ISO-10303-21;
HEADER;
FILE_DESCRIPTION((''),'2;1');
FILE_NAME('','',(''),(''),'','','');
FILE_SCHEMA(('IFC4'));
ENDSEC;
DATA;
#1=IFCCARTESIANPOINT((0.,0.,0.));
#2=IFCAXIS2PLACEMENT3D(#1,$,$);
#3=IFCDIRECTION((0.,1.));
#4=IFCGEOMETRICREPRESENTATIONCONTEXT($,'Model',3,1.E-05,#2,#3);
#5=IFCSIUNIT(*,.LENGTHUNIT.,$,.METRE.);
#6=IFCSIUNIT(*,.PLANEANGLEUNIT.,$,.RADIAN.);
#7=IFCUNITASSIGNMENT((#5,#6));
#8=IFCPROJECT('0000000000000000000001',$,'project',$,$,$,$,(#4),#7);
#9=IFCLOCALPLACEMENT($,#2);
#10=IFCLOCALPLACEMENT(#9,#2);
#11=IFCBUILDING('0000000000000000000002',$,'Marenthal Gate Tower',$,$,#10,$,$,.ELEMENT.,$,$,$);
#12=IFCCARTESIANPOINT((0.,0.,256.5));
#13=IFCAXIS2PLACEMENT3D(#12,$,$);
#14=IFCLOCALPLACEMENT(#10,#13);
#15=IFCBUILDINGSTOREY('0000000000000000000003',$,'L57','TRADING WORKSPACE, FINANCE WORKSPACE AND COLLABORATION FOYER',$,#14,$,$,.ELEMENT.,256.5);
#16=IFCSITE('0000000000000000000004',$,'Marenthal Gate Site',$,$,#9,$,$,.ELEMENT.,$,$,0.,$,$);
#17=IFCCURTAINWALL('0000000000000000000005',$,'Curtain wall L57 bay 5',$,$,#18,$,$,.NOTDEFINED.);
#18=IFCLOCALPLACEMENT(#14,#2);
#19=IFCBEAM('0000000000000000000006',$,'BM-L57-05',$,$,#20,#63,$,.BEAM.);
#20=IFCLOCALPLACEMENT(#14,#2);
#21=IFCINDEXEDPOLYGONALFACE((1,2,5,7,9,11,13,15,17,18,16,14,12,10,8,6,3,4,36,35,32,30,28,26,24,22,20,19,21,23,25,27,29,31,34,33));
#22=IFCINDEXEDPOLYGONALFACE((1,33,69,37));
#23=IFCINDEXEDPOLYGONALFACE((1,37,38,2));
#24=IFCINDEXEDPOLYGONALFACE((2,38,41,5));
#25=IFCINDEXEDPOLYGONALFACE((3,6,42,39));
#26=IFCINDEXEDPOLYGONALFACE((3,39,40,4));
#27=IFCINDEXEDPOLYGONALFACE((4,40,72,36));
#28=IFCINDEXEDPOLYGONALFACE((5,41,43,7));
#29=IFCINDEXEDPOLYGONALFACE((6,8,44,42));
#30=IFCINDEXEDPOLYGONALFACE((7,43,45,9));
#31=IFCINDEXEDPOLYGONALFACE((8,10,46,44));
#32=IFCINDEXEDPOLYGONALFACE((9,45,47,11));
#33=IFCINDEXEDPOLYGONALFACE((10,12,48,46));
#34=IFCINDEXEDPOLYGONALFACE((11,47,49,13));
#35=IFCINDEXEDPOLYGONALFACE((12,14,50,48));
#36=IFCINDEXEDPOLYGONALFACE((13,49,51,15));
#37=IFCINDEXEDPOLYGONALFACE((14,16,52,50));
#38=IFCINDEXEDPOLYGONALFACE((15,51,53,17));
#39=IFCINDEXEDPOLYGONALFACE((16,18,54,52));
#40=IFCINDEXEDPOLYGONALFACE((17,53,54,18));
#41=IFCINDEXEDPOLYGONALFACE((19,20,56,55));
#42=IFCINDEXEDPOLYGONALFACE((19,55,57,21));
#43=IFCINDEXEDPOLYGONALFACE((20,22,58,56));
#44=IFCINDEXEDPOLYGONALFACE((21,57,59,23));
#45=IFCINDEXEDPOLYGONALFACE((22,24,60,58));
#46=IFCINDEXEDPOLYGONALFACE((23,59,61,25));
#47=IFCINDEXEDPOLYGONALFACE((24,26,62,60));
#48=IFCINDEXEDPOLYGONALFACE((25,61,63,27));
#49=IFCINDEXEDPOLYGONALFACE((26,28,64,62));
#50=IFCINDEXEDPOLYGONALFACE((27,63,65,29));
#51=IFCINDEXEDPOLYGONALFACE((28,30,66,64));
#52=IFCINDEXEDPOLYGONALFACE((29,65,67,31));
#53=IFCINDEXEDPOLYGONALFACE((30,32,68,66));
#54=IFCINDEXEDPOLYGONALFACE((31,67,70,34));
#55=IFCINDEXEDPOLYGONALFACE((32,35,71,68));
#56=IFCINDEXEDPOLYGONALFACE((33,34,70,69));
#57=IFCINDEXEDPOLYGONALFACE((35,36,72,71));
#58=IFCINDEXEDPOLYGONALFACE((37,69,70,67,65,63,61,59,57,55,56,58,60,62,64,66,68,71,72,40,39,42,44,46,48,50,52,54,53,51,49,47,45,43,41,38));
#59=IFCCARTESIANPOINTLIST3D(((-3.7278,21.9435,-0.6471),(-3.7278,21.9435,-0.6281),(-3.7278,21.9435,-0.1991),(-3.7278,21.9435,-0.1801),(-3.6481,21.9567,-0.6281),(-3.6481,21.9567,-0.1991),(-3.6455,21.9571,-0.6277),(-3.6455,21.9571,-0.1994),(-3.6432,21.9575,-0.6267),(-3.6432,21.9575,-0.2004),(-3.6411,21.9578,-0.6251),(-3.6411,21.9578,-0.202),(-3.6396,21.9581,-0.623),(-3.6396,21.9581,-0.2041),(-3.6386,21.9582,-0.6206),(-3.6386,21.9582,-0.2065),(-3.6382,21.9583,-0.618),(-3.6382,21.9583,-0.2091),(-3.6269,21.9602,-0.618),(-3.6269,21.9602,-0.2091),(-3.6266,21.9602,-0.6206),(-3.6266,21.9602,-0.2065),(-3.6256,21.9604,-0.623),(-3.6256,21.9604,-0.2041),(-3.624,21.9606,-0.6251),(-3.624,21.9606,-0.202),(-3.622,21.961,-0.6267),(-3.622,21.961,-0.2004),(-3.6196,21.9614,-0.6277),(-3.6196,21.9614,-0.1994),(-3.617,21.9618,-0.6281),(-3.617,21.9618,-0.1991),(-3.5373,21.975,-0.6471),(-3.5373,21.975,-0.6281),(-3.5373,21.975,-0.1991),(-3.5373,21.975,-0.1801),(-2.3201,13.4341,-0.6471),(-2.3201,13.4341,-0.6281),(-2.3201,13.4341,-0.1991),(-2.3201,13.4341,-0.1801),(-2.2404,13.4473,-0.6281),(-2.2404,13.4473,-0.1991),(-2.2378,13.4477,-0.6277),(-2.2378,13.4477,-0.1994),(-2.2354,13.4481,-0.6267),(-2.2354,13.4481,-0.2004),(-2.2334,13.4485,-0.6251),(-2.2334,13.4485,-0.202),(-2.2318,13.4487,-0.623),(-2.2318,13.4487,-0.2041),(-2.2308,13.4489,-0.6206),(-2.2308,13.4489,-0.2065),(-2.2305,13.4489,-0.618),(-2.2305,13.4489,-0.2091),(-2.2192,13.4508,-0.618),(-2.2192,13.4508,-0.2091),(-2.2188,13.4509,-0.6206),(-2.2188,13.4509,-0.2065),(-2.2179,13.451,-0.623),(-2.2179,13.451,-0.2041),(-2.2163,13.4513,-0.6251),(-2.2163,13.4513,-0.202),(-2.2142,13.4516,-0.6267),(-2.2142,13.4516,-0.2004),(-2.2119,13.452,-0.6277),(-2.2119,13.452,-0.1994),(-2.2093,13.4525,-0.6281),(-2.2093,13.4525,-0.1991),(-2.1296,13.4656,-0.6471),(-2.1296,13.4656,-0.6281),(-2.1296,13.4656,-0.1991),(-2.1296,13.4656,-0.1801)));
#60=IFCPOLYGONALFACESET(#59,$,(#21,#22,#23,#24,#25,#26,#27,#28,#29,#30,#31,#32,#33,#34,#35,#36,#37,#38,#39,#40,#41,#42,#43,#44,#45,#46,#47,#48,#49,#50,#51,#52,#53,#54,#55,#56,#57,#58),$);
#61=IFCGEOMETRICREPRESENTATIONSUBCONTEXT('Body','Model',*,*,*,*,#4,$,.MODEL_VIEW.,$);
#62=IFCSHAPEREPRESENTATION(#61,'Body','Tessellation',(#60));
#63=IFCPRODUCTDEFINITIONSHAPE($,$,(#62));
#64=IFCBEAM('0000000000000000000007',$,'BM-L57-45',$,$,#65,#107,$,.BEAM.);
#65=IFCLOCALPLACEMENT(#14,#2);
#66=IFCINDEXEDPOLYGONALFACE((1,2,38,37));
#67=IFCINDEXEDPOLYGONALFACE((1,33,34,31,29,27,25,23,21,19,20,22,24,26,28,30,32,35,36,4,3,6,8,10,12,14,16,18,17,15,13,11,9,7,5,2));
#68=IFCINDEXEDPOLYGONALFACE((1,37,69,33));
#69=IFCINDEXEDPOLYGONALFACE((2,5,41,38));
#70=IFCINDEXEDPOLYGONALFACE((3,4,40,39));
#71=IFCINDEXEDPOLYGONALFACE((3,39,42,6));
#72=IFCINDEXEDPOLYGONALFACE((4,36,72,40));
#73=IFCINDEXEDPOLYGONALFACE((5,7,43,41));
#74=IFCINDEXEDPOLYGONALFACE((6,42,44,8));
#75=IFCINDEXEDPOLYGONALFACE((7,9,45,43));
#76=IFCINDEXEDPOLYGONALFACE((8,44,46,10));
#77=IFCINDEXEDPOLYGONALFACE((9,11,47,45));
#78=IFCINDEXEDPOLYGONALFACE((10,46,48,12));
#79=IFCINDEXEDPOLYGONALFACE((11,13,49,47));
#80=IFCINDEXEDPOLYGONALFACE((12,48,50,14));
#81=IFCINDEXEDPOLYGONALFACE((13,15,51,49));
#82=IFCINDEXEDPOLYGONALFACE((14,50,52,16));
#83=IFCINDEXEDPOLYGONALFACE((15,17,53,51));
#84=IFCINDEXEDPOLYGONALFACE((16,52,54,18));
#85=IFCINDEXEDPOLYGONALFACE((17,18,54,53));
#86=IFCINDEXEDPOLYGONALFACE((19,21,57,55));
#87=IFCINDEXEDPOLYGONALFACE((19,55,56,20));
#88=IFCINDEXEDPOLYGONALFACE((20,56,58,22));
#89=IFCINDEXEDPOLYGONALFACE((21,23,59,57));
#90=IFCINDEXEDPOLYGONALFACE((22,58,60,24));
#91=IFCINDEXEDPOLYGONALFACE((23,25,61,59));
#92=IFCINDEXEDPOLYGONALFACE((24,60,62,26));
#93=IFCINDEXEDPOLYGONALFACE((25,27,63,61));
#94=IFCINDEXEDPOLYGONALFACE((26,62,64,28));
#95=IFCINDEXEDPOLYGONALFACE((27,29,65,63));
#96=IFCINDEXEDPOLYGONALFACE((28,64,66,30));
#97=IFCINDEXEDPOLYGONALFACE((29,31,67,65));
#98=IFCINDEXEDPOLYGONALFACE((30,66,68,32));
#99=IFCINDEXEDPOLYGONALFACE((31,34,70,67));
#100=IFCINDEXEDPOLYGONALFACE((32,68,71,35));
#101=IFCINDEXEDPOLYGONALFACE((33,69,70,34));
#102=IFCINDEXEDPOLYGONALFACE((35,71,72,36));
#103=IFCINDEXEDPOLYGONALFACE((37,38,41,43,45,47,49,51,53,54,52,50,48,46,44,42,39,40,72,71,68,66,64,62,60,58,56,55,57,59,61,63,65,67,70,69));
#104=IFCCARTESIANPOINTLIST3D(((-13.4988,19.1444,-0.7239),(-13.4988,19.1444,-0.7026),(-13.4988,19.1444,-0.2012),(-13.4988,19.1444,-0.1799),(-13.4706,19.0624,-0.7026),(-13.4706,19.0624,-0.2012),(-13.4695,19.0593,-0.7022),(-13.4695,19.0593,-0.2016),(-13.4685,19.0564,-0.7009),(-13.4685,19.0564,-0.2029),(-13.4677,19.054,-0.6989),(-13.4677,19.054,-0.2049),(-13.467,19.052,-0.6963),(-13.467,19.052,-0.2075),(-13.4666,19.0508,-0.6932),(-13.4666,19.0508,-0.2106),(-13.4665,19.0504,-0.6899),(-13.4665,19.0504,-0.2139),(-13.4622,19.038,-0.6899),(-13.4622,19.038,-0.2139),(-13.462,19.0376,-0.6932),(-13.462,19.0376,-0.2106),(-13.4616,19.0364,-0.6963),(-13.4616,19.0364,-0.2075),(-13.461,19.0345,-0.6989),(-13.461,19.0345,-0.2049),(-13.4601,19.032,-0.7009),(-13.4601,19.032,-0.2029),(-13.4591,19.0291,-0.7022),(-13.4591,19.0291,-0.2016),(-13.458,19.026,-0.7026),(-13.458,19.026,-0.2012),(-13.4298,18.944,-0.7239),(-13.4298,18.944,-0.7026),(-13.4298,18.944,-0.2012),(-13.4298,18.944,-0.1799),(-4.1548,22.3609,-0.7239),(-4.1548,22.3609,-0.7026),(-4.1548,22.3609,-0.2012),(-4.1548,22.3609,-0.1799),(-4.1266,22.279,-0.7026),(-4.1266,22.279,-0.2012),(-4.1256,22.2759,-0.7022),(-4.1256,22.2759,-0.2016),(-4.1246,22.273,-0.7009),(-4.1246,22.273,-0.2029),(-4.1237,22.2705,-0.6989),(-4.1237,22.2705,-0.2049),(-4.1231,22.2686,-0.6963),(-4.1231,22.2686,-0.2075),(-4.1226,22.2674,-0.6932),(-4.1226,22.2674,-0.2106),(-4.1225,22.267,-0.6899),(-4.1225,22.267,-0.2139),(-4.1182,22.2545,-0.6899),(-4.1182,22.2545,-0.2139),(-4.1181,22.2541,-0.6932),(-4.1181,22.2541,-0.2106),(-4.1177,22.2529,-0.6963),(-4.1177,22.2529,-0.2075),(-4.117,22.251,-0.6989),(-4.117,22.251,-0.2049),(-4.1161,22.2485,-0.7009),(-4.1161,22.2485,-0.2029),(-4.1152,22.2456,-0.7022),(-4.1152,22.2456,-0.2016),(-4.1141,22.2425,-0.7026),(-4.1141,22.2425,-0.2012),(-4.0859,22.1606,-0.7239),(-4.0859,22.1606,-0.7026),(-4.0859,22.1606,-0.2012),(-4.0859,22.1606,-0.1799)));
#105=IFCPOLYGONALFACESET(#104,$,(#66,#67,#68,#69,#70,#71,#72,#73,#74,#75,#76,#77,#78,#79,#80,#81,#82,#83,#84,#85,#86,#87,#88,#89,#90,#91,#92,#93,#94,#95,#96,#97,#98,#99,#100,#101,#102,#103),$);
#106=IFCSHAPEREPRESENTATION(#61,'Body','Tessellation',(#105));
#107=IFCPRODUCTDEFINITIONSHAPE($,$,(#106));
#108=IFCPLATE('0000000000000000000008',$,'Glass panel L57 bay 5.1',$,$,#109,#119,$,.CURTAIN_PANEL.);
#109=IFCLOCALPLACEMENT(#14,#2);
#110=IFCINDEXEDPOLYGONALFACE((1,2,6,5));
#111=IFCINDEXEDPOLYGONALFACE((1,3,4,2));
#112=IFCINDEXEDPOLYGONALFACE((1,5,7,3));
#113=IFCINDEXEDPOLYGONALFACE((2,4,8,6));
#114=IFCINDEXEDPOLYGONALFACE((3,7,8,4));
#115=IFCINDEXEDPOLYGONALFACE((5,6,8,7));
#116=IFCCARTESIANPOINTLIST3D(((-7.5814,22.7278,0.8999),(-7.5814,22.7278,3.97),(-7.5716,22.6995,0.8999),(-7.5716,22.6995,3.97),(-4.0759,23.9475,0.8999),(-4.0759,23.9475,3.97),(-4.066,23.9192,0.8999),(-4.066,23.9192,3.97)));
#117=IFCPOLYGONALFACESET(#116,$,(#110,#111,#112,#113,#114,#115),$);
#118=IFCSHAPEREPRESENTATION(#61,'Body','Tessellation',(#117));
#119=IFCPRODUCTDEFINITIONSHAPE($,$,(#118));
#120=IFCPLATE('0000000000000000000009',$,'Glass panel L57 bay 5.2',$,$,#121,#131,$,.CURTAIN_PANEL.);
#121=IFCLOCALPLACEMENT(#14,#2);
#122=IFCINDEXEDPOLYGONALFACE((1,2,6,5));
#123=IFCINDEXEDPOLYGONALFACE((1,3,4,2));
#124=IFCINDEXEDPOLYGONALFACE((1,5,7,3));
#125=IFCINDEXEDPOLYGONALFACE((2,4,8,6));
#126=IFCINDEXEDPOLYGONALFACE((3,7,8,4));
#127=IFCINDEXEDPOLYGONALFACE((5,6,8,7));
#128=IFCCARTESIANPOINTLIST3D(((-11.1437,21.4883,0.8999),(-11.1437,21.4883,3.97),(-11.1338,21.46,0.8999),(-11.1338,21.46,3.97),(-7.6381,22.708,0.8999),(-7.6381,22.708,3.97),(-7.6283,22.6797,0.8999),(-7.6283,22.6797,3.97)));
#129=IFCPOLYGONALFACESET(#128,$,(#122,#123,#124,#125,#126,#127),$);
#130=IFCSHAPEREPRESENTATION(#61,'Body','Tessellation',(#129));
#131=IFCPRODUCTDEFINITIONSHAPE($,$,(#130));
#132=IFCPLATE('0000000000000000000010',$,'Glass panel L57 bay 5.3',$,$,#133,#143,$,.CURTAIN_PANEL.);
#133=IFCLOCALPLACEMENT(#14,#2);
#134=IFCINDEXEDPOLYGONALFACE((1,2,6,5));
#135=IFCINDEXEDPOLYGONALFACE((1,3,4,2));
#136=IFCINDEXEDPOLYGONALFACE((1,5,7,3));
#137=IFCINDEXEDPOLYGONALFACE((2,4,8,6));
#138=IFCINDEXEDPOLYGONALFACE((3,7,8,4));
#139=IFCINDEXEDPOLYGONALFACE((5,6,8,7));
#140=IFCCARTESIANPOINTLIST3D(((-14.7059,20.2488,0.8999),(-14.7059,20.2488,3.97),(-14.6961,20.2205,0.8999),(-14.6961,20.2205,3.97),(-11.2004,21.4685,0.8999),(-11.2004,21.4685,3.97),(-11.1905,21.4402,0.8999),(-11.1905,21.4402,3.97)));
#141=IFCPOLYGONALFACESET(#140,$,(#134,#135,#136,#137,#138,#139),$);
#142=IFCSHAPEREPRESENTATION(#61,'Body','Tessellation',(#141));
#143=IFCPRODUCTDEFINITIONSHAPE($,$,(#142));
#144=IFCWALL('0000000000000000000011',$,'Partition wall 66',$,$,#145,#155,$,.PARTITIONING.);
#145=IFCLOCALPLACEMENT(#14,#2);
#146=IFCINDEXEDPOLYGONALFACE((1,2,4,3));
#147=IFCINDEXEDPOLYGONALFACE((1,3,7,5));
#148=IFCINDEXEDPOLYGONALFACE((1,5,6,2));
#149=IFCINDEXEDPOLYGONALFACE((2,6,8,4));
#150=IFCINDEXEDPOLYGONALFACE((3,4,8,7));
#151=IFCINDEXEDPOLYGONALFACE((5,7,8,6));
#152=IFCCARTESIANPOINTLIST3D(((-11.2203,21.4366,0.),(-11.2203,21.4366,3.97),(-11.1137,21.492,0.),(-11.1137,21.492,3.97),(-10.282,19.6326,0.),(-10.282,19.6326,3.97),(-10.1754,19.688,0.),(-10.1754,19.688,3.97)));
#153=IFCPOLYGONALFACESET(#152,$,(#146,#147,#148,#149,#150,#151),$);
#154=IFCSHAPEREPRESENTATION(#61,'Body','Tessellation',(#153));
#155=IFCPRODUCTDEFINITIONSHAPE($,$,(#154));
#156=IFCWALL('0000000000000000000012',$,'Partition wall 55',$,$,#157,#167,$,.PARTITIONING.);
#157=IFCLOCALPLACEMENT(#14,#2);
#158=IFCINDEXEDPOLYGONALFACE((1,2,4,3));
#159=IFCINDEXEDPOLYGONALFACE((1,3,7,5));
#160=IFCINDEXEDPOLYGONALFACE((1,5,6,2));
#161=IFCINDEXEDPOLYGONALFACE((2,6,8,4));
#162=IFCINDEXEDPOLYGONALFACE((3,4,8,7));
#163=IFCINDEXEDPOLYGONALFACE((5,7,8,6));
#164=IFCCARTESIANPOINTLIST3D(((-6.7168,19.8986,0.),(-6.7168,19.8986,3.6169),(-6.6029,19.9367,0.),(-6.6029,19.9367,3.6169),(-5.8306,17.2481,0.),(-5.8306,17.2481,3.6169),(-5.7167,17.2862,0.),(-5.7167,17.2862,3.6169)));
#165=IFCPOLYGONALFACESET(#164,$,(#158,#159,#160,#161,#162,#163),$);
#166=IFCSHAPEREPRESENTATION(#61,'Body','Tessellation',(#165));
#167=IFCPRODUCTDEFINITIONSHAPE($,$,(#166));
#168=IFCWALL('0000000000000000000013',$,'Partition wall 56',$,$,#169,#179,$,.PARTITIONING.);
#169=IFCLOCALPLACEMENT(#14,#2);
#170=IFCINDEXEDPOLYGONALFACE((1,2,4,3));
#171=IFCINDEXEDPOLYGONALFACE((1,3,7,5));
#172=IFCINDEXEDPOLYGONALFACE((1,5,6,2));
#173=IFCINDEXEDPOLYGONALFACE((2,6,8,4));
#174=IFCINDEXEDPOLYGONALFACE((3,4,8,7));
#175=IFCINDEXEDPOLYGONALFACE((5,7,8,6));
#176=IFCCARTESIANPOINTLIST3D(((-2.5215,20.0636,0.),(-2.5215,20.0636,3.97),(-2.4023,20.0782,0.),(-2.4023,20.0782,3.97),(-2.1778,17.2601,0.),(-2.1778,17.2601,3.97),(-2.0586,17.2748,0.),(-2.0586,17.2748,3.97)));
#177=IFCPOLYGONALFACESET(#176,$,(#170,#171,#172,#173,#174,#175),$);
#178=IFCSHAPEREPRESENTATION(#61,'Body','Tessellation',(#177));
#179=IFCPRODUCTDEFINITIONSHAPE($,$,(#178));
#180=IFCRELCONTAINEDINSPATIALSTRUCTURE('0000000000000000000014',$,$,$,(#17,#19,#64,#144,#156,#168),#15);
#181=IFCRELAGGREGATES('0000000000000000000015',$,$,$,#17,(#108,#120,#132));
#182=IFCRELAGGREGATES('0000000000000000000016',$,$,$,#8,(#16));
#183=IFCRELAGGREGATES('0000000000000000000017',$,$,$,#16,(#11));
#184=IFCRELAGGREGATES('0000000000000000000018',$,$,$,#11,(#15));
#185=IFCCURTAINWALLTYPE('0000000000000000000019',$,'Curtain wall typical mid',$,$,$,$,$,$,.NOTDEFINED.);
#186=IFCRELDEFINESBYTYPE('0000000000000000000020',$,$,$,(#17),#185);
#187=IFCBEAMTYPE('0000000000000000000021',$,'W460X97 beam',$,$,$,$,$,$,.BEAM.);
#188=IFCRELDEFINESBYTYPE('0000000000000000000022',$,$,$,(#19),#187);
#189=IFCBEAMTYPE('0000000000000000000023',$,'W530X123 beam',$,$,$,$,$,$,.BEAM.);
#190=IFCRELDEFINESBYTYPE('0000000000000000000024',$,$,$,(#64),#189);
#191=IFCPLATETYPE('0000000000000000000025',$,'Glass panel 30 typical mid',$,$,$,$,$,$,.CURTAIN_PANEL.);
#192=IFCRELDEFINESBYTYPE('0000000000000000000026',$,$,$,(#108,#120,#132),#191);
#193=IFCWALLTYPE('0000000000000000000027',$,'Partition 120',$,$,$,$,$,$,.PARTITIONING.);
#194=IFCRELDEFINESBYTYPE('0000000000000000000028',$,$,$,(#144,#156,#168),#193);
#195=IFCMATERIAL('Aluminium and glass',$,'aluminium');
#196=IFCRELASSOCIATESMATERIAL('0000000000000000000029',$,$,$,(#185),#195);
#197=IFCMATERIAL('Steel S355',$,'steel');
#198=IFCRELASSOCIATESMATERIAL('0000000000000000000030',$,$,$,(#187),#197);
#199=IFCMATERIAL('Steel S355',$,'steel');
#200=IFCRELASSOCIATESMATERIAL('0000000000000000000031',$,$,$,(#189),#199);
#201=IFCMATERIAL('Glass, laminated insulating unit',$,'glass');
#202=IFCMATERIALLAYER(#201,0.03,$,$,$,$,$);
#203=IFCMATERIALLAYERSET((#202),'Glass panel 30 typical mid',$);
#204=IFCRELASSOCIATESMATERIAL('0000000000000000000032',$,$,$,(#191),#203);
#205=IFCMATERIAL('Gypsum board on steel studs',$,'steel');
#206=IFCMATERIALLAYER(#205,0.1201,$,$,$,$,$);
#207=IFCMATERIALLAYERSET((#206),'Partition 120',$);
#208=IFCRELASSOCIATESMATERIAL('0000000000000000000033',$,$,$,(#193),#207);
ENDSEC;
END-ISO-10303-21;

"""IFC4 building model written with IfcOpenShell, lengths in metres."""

from ifc_helpers import new_model, si_unit, direction, frame, frame_2d, origin, origin_2d, place, context, subcontext, project, spatial, rectangle, i_section, extrude, material, layer, layer_set, material_profile, profile_set, type_object, element, aggregate, save


model = new_model("IFC4")

# Units and contexts
model_context = context("Model", 3, precision=1e-05, world=origin(), true_north=direction((0.0, 1.0)))
body_context = subcontext(model_context, "Body", "Model", "MODEL_VIEW")
ifc_project = project(units=[si_unit("LENGTHUNIT", "METRE"), si_unit("PLANEANGLEUNIT", "RADIAN")], contexts=[model_context])

# Site, building, storey
site_placement = place(None, origin())
site = spatial("IfcSite", under=ifc_project, at=site_placement, Name="Marenthal Gate Site", CompositionType="ELEMENT", RefElevation=0.0)
building_placement = place(site_placement, origin())
building = spatial("IfcBuilding", under=site, at=building_placement, Name="Marenthal Gate Tower", CompositionType="ELEMENT")
storey_placement = place(building_placement, frame((0.0, 0.0, 256.5)))
storey = spatial("IfcBuildingStorey", under=building, at=storey_placement, Name="L57", Description="TRADING WORKSPACE, FINANCE WORKSPACE AND COLLABORATION FOYER", CompositionType="ELEMENT", Elevation=256.5)

# Curtain wall
ifc_material_1 = material(Name="Aluminium and glass", Category="aluminium")
curtain_wall_type = type_object("IfcCurtainWallType", Name="Curtain wall typical mid", PredefinedType="NOTDEFINED", material=ifc_material_1)
curtain_wall_placement = place(storey_placement, origin())
curtain_wall = element("IfcCurtainWall", 1, at=curtain_wall_placement, inside=storey, type_object=curtain_wall_type, Name="Curtain wall L57 bay 5", PredefinedType="NOTDEFINED")

# Beams
ifc_material_2 = material(Name="Steel S355", Category="steel")
ifc_material_profile_1 = material_profile(ifc_material_2, i_section(OverallWidth=0.1931, OverallDepth=0.467, WebThickness=0.0115, FlangeThickness=0.019, FilletRadius=0.01, at=origin_2d()), Name="W460X97")
ifc_profile_set_1 = profile_set([ifc_material_profile_1], Name="Steel S355")
beam_type_1 = type_object("IfcBeamType", Name="W460X97 beam", PredefinedType="BEAM", material=ifc_profile_set_1)
beam_1_placement = place(storey_placement, frame((-3.6326, 21.9592, -0.4136), z_axis=(0.163215, -0.986591, 0.0), x_axis=(0.986591, 0.163215, 0.0)))
element("IfcBeam", 2, at=beam_1_placement, inside=storey, type_object=beam_type_1, Name="BM-L57-05", PredefinedType="BEAM", context=body_context, shape_type="SweptSolid", body=[
    extrude(i_section(OverallWidth=0.1931, OverallDepth=0.467, WebThickness=0.0115, FlangeThickness=0.019, FilletRadius=0.01, at=origin_2d()), origin(), (0.0, 0.0, 1.0), 8.625),
])
ifc_material_3 = material(Name="Steel S355", Category="steel")
ifc_material_profile_2 = material_profile(ifc_material_3, i_section(OverallWidth=0.2119, OverallDepth=0.5439, WebThickness=0.0132, FlangeThickness=0.0212, FilletRadius=0.0127, at=origin_2d()), Name="W530X123")
ifc_profile_set_2 = profile_set([ifc_material_profile_2], Name="Steel S355")
beam_type_2 = type_object("IfcBeamType", Name="W530X123 beam", PredefinedType="BEAM", material=ifc_profile_set_2)
beam_2_placement = place(storey_placement, frame((-4.1204, 22.2607, -0.4519), z_axis=(-0.945545, -0.325492, 0.0), x_axis=(0.325492, -0.945545, 0.0)))
element("IfcBeam", 3, at=beam_2_placement, inside=storey, type_object=beam_type_2, Name="BM-L57-45", PredefinedType="BEAM", context=body_context, shape_type="SweptSolid", body=[
    extrude(i_section(OverallWidth=0.2119, OverallDepth=0.5439, WebThickness=0.0132, FlangeThickness=0.0212, FilletRadius=0.0127, at=origin_2d()), origin(), (0.0, 0.0, 1.0), 9.8821),
])

# Plates
ifc_material_4 = material(Name="Glass, laminated insulating unit", Category="glass")
ifc_layer_1 = layer(ifc_material_4, 0.03)
ifc_layer_set_1 = layer_set([ifc_layer_1], Name="Glass panel 30 typical mid")
plate_type = type_object("IfcPlateType", Name="Glass panel 30 typical mid", PredefinedType="CURTAIN_PANEL", material=ifc_layer_set_1)
plate_1_placement = place(storey_placement, frame((-5.8237, 23.3235, 0.8999), z_axis=(0.0, 0.0, 1.0), x_axis=(-0.944465, -0.328612, 0.0)))
plate_1 = element("IfcPlate", 4, at=plate_1_placement, type_object=plate_type, Name="Glass panel L57 bay 5.1", PredefinedType="CURTAIN_PANEL", context=body_context, shape_type="SweptSolid", body=[
    extrude(rectangle(XDim=3.7117, YDim=0.03, at=origin_2d()), origin(), (0.0, 0.0, 1.0), 3.0701),
])
plate_2_placement = place(storey_placement, frame((-9.386, 22.084, 0.8999), z_axis=(0.0, 0.0, 1.0), x_axis=(-0.944465, -0.328612, 0.0)))
plate_2 = element("IfcPlate", 5, at=plate_2_placement, type_object=plate_type, Name="Glass panel L57 bay 5.2", PredefinedType="CURTAIN_PANEL", context=body_context, shape_type="SweptSolid", body=[
    extrude(rectangle(XDim=3.7117, YDim=0.03, at=origin_2d()), origin(), (0.0, 0.0, 1.0), 3.0701),
])
plate_3_placement = place(storey_placement, frame((-12.9482, 20.8445, 0.8999), z_axis=(0.0, 0.0, 1.0), x_axis=(-0.944465, -0.328612, 0.0)))
plate_3 = element("IfcPlate", 6, at=plate_3_placement, type_object=plate_type, Name="Glass panel L57 bay 5.3", PredefinedType="CURTAIN_PANEL", context=body_context, shape_type="SweptSolid", body=[
    extrude(rectangle(XDim=3.7117, YDim=0.03, at=origin_2d()), origin(), (0.0, 0.0, 1.0), 3.0701),
])
aggregate(curtain_wall, [plate_1, plate_2, plate_3])

# Walls
ifc_material_5 = material(Name="Gypsum board on steel studs", Category="steel")
ifc_layer_2 = layer(ifc_material_5, 0.1201)
ifc_layer_set_2 = layer_set([ifc_layer_2], Name="Partition 120")
wall_type = type_object("IfcWallType", Name="Partition 120", PredefinedType="PARTITIONING", material=ifc_layer_set_2)
wall_1_placement = place(storey_placement, frame((-10.2288, 19.6604, 0.0), z_axis=(0.0, 0.0, 1.0), x_axis=(-0.461421, 0.887181, 0.0)))
element("IfcWall", 7, at=wall_1_placement, inside=storey, type_object=wall_type, Name="Partition wall 66", PredefinedType="PARTITIONING", context=body_context, shape_type="SweptSolid", body=[
    extrude(rectangle(XDim=2.0334, YDim=0.1201, at=frame_2d((1.0166, 0.0))), origin(), (0.0, 0.0, 1.0), 3.97),
])
wall_2_placement = place(storey_placement, frame((-6.6599, 19.9177, 0.0), z_axis=(0.0, 0.0, 1.0), x_axis=(0.317119, -0.948386, 0.0)))
element("IfcWall", 8, at=wall_2_placement, inside=storey, type_object=wall_type, Name="Partition wall 55", PredefinedType="PARTITIONING", context=body_context, shape_type="SweptSolid", body=[
    extrude(rectangle(XDim=2.7947, YDim=0.1201, at=frame_2d((1.3975, 0.0))), origin(), (0.0, 0.0, 1.0), 3.6169),
])
wall_3_placement = place(storey_placement, frame((-2.4619, 20.0708, 0.0), z_axis=(0.0, 0.0, 1.0), x_axis=(0.121705, -0.992566, 0.0)))
element("IfcWall", 9, at=wall_3_placement, inside=storey, type_object=wall_type, Name="Partition wall 56", PredefinedType="PARTITIONING", context=body_context, shape_type="SweptSolid", body=[
    extrude(rectangle(XDim=2.8245, YDim=0.1201, at=frame_2d((1.4121, 0.0))), origin(), (0.0, 0.0, 1.0), 3.97),
])

save(model, "model.ifc")
